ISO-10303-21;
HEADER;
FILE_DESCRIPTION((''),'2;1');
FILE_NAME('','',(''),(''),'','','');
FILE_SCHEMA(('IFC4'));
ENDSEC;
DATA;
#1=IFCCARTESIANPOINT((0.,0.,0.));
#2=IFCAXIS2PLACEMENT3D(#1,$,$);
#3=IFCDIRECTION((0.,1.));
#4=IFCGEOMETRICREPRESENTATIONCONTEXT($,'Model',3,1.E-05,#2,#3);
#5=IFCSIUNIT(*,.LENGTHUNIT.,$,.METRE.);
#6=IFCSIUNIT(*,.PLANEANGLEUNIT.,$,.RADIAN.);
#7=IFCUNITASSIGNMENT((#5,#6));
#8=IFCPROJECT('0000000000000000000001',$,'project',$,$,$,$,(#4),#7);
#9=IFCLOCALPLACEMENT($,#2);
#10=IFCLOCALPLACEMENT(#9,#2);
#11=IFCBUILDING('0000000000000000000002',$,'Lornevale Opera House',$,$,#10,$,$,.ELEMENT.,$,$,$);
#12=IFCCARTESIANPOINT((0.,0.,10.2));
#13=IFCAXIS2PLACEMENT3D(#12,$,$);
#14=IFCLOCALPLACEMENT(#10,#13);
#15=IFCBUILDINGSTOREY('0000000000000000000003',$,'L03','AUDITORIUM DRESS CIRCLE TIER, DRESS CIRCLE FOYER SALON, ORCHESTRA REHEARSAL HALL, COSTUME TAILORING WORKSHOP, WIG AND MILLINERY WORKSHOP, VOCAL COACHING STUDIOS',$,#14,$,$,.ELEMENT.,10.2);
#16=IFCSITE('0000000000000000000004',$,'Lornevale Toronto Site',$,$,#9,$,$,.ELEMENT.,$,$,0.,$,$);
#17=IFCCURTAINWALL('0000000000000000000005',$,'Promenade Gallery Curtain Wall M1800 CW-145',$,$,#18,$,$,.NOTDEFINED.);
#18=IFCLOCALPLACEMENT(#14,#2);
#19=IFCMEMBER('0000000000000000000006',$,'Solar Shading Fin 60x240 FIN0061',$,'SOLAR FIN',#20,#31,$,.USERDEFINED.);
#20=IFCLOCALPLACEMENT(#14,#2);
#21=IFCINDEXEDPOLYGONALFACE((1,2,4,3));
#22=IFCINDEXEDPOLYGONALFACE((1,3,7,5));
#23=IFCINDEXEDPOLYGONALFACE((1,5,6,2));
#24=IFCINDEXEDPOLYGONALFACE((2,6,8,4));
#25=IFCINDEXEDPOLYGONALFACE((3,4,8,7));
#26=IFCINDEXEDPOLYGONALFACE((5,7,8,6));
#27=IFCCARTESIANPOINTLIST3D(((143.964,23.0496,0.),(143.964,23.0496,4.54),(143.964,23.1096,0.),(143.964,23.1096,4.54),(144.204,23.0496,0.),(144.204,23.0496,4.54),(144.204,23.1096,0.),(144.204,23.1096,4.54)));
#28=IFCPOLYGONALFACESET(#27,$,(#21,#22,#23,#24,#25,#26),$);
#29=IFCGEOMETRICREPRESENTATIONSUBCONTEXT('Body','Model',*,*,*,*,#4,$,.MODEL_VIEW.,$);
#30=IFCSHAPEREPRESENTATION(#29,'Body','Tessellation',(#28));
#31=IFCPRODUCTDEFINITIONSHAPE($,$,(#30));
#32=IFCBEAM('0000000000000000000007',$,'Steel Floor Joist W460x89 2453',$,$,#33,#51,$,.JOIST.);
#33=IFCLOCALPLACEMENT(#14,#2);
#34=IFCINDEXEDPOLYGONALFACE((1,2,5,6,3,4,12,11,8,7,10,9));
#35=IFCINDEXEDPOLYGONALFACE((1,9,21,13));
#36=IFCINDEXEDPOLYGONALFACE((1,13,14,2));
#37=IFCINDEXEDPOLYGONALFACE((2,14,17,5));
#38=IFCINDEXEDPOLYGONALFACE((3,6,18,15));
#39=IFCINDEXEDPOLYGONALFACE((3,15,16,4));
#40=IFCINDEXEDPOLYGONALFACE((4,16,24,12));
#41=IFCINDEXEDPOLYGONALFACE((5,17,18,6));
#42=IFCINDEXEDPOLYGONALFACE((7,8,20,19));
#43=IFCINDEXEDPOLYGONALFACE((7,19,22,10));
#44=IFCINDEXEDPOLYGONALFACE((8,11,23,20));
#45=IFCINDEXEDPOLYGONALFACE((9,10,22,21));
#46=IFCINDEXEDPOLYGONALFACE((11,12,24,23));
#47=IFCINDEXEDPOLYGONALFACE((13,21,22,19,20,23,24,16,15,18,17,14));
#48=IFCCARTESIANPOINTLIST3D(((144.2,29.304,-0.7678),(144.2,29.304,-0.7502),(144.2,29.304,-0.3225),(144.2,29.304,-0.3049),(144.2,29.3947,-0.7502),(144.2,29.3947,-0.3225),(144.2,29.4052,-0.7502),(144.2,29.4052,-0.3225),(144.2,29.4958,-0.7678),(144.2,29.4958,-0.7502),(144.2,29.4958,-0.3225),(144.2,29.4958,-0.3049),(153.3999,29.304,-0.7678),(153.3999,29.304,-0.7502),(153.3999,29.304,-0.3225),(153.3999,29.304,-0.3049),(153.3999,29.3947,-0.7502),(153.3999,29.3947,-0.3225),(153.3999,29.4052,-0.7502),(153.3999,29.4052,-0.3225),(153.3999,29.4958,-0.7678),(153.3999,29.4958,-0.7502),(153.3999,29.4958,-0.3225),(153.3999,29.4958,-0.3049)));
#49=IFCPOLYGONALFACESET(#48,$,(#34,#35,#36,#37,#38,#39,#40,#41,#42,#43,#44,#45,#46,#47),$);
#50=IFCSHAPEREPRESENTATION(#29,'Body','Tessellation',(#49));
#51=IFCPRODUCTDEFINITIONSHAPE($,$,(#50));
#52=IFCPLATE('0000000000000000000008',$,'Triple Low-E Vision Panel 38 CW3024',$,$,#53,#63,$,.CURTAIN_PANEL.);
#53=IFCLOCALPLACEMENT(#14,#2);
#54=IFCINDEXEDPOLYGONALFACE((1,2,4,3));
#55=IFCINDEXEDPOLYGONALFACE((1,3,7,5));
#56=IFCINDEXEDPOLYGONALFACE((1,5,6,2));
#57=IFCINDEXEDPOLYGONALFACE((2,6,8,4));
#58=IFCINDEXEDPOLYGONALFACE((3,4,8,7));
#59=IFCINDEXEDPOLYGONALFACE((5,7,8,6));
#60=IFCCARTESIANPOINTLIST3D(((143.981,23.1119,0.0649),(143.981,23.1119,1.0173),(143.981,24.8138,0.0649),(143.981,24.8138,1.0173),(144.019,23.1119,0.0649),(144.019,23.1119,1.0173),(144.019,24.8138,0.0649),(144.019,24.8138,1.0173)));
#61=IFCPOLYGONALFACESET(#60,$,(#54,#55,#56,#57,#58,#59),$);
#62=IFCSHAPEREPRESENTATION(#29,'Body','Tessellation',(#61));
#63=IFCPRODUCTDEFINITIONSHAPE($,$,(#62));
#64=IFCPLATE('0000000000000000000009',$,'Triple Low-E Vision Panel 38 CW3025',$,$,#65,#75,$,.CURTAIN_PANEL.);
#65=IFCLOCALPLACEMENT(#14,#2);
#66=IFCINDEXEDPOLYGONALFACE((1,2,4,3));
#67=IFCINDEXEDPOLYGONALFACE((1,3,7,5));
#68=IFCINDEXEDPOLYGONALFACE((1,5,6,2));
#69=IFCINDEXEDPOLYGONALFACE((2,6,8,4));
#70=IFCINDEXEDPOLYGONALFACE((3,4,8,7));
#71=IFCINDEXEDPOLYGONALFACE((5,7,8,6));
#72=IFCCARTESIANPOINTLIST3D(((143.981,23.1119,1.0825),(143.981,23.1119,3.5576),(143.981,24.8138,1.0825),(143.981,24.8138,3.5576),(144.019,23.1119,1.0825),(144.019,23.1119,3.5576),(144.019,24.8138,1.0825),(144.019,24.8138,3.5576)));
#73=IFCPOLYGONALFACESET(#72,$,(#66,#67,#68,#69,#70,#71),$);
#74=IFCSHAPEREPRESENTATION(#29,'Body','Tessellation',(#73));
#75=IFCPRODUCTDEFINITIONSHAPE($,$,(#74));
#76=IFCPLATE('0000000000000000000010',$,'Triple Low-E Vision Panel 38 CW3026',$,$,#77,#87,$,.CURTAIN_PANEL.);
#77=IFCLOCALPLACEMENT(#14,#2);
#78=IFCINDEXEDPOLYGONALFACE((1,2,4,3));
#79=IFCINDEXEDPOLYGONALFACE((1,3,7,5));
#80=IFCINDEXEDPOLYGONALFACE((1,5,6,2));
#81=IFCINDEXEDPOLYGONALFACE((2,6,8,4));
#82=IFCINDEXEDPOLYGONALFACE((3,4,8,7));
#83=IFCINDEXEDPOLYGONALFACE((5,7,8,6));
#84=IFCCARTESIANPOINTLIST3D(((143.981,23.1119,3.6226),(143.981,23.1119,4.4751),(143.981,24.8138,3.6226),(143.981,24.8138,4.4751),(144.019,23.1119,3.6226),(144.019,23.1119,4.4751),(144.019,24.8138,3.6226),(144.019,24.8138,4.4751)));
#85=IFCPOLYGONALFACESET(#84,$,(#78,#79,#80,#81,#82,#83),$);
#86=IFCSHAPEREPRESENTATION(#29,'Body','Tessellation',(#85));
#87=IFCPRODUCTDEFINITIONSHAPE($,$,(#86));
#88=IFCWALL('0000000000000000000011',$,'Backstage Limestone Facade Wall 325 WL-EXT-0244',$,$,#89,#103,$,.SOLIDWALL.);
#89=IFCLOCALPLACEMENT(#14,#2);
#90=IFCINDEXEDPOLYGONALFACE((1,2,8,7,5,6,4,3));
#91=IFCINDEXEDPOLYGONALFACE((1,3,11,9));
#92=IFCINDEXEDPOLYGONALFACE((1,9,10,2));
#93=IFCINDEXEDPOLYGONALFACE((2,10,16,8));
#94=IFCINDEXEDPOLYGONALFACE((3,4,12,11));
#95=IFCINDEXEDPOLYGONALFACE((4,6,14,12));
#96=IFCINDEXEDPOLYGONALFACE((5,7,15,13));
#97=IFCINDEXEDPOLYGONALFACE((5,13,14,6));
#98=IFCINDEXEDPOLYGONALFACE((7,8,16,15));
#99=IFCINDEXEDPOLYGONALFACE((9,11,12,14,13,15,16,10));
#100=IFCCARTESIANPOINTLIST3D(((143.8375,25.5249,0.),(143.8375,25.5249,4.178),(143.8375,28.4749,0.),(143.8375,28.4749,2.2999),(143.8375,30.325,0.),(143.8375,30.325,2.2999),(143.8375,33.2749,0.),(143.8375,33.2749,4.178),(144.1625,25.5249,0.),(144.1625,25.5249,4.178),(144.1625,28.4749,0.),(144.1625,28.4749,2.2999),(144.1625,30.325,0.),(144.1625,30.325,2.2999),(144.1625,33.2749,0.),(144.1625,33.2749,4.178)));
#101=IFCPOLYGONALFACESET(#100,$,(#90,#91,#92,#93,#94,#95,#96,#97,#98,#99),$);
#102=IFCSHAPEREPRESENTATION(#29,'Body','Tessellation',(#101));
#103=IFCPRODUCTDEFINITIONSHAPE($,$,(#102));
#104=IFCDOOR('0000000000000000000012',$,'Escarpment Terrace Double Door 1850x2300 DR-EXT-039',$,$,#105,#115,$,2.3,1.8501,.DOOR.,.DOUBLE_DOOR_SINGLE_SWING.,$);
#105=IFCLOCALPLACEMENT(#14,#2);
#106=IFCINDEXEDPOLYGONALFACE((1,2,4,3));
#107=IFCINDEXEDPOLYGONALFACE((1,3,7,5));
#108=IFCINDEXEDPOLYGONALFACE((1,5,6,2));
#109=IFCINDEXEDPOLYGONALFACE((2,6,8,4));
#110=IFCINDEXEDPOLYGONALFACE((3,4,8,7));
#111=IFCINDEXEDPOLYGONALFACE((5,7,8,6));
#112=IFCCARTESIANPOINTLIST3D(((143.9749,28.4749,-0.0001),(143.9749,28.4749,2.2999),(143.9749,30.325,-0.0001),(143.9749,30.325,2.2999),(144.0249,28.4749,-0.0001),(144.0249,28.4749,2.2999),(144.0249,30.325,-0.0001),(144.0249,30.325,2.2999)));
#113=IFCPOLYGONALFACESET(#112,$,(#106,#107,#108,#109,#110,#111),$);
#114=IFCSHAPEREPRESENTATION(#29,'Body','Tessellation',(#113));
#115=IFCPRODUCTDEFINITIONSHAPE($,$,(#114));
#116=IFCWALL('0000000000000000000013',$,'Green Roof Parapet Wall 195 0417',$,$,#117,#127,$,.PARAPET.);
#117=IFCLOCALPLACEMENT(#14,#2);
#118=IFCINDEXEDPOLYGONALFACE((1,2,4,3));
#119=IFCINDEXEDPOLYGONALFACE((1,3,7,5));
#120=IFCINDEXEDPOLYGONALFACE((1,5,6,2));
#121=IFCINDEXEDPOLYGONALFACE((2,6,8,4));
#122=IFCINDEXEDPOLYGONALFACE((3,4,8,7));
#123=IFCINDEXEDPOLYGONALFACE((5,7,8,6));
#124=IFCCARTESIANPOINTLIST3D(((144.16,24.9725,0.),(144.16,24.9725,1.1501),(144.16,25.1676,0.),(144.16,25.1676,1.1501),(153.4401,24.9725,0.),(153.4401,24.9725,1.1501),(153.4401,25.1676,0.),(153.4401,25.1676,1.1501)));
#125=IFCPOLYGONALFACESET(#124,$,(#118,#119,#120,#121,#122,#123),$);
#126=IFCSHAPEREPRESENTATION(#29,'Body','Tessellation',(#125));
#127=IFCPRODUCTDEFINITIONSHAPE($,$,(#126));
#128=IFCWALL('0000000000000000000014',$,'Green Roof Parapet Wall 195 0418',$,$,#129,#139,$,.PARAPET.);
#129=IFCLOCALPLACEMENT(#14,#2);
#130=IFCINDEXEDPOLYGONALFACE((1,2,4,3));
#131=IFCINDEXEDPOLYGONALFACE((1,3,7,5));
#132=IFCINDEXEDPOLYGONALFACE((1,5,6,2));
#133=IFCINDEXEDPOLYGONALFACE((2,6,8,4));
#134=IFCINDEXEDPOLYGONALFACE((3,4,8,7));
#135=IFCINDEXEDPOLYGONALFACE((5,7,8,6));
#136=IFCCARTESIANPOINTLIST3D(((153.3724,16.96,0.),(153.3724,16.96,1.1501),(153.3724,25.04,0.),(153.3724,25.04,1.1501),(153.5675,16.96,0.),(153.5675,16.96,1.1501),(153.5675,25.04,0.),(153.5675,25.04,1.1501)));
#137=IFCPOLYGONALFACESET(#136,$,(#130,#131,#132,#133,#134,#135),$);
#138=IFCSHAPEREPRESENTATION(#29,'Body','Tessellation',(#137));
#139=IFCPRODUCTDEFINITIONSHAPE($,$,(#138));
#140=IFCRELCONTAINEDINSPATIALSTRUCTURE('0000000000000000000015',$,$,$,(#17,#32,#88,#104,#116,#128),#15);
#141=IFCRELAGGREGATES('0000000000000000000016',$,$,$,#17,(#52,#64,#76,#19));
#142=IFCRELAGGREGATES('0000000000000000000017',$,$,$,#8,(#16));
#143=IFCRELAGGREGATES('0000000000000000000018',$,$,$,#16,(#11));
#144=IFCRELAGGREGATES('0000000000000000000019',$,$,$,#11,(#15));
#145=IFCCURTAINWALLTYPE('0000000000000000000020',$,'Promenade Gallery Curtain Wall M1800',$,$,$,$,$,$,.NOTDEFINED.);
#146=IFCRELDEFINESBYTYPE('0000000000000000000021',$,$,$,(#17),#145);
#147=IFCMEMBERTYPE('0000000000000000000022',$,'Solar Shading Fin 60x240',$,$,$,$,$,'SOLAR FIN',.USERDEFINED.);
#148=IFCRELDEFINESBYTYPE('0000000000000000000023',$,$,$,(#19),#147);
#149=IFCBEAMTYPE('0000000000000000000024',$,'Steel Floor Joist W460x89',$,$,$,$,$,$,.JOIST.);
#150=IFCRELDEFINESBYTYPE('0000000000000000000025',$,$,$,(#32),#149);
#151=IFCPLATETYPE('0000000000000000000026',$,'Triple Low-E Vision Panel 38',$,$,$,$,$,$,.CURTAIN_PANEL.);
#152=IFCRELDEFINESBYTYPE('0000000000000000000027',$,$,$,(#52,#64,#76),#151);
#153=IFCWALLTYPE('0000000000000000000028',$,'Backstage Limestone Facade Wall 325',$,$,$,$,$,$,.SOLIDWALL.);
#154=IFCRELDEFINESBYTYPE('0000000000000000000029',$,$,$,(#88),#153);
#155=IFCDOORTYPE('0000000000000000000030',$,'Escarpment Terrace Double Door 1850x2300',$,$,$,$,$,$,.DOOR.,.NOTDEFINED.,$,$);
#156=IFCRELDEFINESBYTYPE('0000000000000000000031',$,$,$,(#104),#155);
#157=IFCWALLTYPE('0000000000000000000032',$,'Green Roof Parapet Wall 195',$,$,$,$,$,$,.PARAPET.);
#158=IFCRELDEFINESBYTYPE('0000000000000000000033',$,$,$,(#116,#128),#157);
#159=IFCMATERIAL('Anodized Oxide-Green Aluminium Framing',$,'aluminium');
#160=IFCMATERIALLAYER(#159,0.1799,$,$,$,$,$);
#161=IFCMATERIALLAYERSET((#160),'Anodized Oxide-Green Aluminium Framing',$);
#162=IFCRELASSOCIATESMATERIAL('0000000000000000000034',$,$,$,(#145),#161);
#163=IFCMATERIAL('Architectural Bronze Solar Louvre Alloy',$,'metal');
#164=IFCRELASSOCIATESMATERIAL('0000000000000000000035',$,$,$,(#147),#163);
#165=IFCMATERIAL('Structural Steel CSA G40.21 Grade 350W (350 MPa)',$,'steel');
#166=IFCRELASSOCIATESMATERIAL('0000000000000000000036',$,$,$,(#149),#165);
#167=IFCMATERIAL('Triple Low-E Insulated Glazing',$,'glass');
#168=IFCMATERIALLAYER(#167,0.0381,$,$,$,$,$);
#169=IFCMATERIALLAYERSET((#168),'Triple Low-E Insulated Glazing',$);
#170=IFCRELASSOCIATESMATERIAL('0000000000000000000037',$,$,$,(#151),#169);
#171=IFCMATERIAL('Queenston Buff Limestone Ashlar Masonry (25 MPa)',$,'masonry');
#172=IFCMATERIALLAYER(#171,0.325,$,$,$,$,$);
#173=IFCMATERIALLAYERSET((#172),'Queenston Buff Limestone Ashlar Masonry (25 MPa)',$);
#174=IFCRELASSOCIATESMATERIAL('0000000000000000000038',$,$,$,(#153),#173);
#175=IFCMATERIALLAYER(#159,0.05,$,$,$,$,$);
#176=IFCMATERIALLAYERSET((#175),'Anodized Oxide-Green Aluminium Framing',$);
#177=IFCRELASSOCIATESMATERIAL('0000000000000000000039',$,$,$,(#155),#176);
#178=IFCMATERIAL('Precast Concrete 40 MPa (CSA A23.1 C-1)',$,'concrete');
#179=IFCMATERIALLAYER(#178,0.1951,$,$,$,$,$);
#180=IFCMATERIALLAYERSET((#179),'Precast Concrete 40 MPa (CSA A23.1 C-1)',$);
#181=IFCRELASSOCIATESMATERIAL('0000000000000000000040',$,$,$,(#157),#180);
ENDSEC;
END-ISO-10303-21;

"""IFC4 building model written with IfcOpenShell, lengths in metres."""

from ifc_helpers import new_model, si_unit, direction, frame, frame_2d, origin, origin_2d, place, context, subcontext, project, spatial, rectangle, i_section, extrude, material, layer, layer_set, material_profile, profile_set, type_object, element, fill, aggregate, save


model = new_model("IFC4")

# Units and contexts
model_context = context("Model", 3, precision=1e-05, world=origin(), true_north=direction((0.0, 1.0)))
body_context = subcontext(model_context, "Body", "Model", "MODEL_VIEW")
ifc_project = project(units=[si_unit("LENGTHUNIT", "METRE"), si_unit("PLANEANGLEUNIT", "RADIAN")], contexts=[model_context])

# Site, building, storey
site_placement = place(None, origin())
site = spatial("IfcSite", under=ifc_project, at=site_placement, Name="Lornevale Toronto Site", CompositionType="ELEMENT", RefElevation=0.0)
building_placement = place(site_placement, origin())
building = spatial("IfcBuilding", under=site, at=building_placement, Name="Lornevale Opera House", CompositionType="ELEMENT")
storey_placement = place(building_placement, frame((0.0, 0.0, 10.2)))
storey = spatial("IfcBuildingStorey", under=building, at=storey_placement, Name="L03", Description="AUDITORIUM DRESS CIRCLE TIER, DRESS CIRCLE FOYER SALON, ORCHESTRA REHEARSAL HALL, COSTUME TAILORING WORKSHOP, WIG AND MILLINERY WORKSHOP, VOCAL COACHING STUDIOS", CompositionType="ELEMENT", Elevation=10.2)

# Curtain wall, member
ifc_material_1 = material(Name="Anodized Oxide-Green Aluminium Framing", Category="aluminium")
ifc_layer_1 = layer(ifc_material_1, 0.1799)
ifc_layer_set_1 = layer_set([ifc_layer_1], Name="Anodized Oxide-Green Aluminium Framing")
curtain_wall_type = type_object("IfcCurtainWallType", Name="Promenade Gallery Curtain Wall M1800", PredefinedType="NOTDEFINED", material=ifc_layer_set_1)
curtain_wall_placement = place(storey_placement, origin())
curtain_wall = element("IfcCurtainWall", 1, at=curtain_wall_placement, inside=storey, type_object=curtain_wall_type, Name="Promenade Gallery Curtain Wall M1800 CW-145", PredefinedType="NOTDEFINED")
ifc_material_2 = material(Name="Architectural Bronze Solar Louvre Alloy", Category="metal")
ifc_material_profile_1 = material_profile(ifc_material_2, rectangle(XDim=0.0601, YDim=0.24, at=origin_2d()), Name="FIN60x240")
ifc_profile_set_1 = profile_set([ifc_material_profile_1], Name="Architectural Bronze Solar Louvre Alloy")
member_type_1 = type_object("IfcMemberType", Name="Solar Shading Fin 60x240", ElementType="SOLAR FIN", PredefinedType="USERDEFINED", material=ifc_profile_set_1)
member_1_placement = place(storey_placement, frame((144.084, 23.0796, 0.0), z_axis=(0.0, 0.0, 1.0), x_axis=(0.0, -1.0, 0.0)))
member_1 = element("IfcMember", 2, at=member_1_placement, type_object=member_type_1, Name="Solar Shading Fin 60x240 FIN0061", ObjectType="SOLAR FIN", PredefinedType="USERDEFINED", context=body_context, shape_type="SweptSolid", body=[
    extrude(rectangle(XDim=0.0601, YDim=0.24, at=origin_2d()), origin(), (0.0, 0.0, 1.0), 4.54),
])

# Beam
ifc_material_3 = material(Name="Structural Steel CSA G40.21 Grade 350W (350 MPa)", Category="steel")
ifc_material_profile_2 = material_profile(ifc_material_3, i_section(OverallWidth=0.1919, OverallDepth=0.4629, WebThickness=0.0105, FlangeThickness=0.0176, at=origin_2d()), Name="W460x89")
ifc_profile_set_2 = profile_set([ifc_material_profile_2], Name="Structural Steel CSA G40.21 Grade 350W (350 MPa)")
beam_type_1 = type_object("IfcBeamType", Name="Steel Floor Joist W460x89", PredefinedType="JOIST", material=ifc_profile_set_2)
beam_1_placement = place(storey_placement, frame((144.2, 29.3999, -0.5364), z_axis=(1.0, 0.0, 0.0), x_axis=(0.0, 1.0, 0.0)))
element("IfcBeam", 3, at=beam_1_placement, inside=storey, type_object=beam_type_1, Name="Steel Floor Joist W460x89 2453", PredefinedType="JOIST", context=body_context, shape_type="SweptSolid", body=[
    extrude(i_section(OverallWidth=0.1919, OverallDepth=0.4629, WebThickness=0.0105, FlangeThickness=0.0176, at=origin_2d()), origin(), (0.0, 0.0, 1.0), 9.2),
])

# Plates
ifc_material_4 = material(Name="Triple Low-E Insulated Glazing", Category="glass")
ifc_layer_2 = layer(ifc_material_4, 0.0381)
ifc_layer_set_2 = layer_set([ifc_layer_2], Name="Triple Low-E Insulated Glazing")
plate_type = type_object("IfcPlateType", Name="Triple Low-E Vision Panel 38", PredefinedType="CURTAIN_PANEL", material=ifc_layer_set_2)
plate_1_placement = place(storey_placement, frame((144.0, 23.9629, 0.0649), z_axis=(0.0, 0.0, 1.0), x_axis=(0.0, -1.0, 0.0)))
plate_1 = element("IfcPlate", 4, at=plate_1_placement, type_object=plate_type, Name="Triple Low-E Vision Panel 38 CW3024", PredefinedType="CURTAIN_PANEL", context=body_context, shape_type="SweptSolid", body=[
    extrude(rectangle(XDim=1.7019, YDim=0.0381, at=origin_2d()), origin(), (0.0, 0.0, 1.0), 0.9524),
])
plate_2_placement = place(storey_placement, frame((144.0, 23.9629, 1.0825), z_axis=(0.0, 0.0, 1.0), x_axis=(0.0, -1.0, 0.0)))
plate_2 = element("IfcPlate", 5, at=plate_2_placement, type_object=plate_type, Name="Triple Low-E Vision Panel 38 CW3025", PredefinedType="CURTAIN_PANEL", context=body_context, shape_type="SweptSolid", body=[
    extrude(rectangle(XDim=1.7019, YDim=0.0381, at=origin_2d()), origin(), (0.0, 0.0, 1.0), 2.4751),
])
plate_3_placement = place(storey_placement, frame((144.0, 23.9629, 3.6226), z_axis=(0.0, 0.0, 1.0), x_axis=(0.0, -1.0, 0.0)))
plate_3 = element("IfcPlate", 6, at=plate_3_placement, type_object=plate_type, Name="Triple Low-E Vision Panel 38 CW3026", PredefinedType="CURTAIN_PANEL", context=body_context, shape_type="SweptSolid", body=[
    extrude(rectangle(XDim=1.7019, YDim=0.0381, at=origin_2d()), origin(), (0.0, 0.0, 1.0), 0.8525),
])
aggregate(curtain_wall, [plate_1, plate_2, plate_3, member_1])

# Wall, opening, door
ifc_material_5 = material(Name="Queenston Buff Limestone Ashlar Masonry (25 MPa)", Category="masonry")
ifc_layer_3 = layer(ifc_material_5, 0.325)
ifc_layer_set_3 = layer_set([ifc_layer_3], Name="Queenston Buff Limestone Ashlar Masonry (25 MPa)")
wall_type_1 = type_object("IfcWallType", Name="Backstage Limestone Facade Wall 325", PredefinedType="SOLIDWALL", material=ifc_layer_set_3)
wall_1_placement = place(storey_placement, frame((144.0, 33.2749, 0.0), z_axis=(0.0, 0.0, 1.0), x_axis=(0.0, -1.0, 0.0)))
wall_1 = element("IfcWall", 7, at=wall_1_placement, inside=storey, type_object=wall_type_1, Name="Backstage Limestone Facade Wall 325 WL-EXT-0244", PredefinedType="SOLIDWALL", context=body_context, shape_type="SweptSolid", body=[
    extrude(rectangle(XDim=7.75, YDim=0.325, at=frame_2d((3.875, 0.0))), origin(), (0.0, 0.0, 1.0), 4.178),
])
opening_placement = place(wall_1_placement, frame((2.95, 0.0, 0.0)))
opening = element("IfcOpeningElement", 8, at=opening_placement, cuts=wall_1, PredefinedType="OPENING", context=body_context, shape_type="SweptSolid", body=[
    extrude(rectangle(XDim=1.8501, YDim=2.3, at=frame_2d((0.925, 1.1499))), frame((0.0, 0.1724, 0.0), z_axis=(0.0, -1.0, 0.0), x_axis=(1.0, 0.0, 0.0)), (0.0, 0.0, 1.0), 0.345),
])
ifc_layer_4 = layer(ifc_material_1, 0.05)
ifc_layer_set_4 = layer_set([ifc_layer_4], Name="Anodized Oxide-Green Aluminium Framing")
door_type = type_object("IfcDoorType", Name="Escarpment Terrace Double Door 1850x2300", OperationType="NOTDEFINED", PredefinedType="DOOR", material=ifc_layer_set_4)
door_placement = place(opening_placement, origin())
door = element("IfcDoor", 9, at=door_placement, inside=storey, type_object=door_type, Name="Escarpment Terrace Double Door 1850x2300 DR-EXT-039", OperationType="DOUBLE_DOOR_SINGLE_SWING", OverallHeight=2.3, OverallWidth=1.8501, PredefinedType="DOOR", context=body_context, shape_type="SweptSolid", body=[
    extrude(rectangle(XDim=1.8501, YDim=2.3, at=frame_2d((0.925, 1.1499))), frame((0.0, 0.0249, 0.0), z_axis=(0.0, -1.0, 0.0), x_axis=(1.0, 0.0, 0.0)), (0.0, 0.0, 1.0), 0.05),
])
fill(opening, door)

# Walls
ifc_material_6 = material(Name="Precast Concrete 40 MPa (CSA A23.1 C-1)", Category="concrete")
ifc_layer_5 = layer(ifc_material_6, 0.1951)
ifc_layer_set_5 = layer_set([ifc_layer_5], Name="Precast Concrete 40 MPa (CSA A23.1 C-1)")
wall_type_2 = type_object("IfcWallType", Name="Green Roof Parapet Wall 195", PredefinedType="PARAPET", material=ifc_layer_set_5)
wall_2_placement = place(storey_placement, frame((144.1599, 25.0701, 0.0), z_axis=(0.0, 0.0, 1.0), x_axis=(1.0, 0.0, 0.0)))
element("IfcWall", 10, at=wall_2_placement, inside=storey, type_object=wall_type_2, Name="Green Roof Parapet Wall 195 0417", PredefinedType="PARAPET", context=body_context, shape_type="SweptSolid", body=[
    extrude(rectangle(XDim=9.28, YDim=0.1951, at=frame_2d((4.6401, 0.0))), origin(), (0.0, 0.0, 1.0), 1.1501),
])
wall_3_placement = place(storey_placement, frame((153.47, 25.04, 0.0), z_axis=(0.0, 0.0, 1.0), x_axis=(0.0, -1.0, 0.0)))
element("IfcWall", 11, at=wall_3_placement, inside=storey, type_object=wall_type_2, Name="Green Roof Parapet Wall 195 0418", PredefinedType="PARAPET", context=body_context, shape_type="SweptSolid", body=[
    extrude(rectangle(XDim=8.0801, YDim=0.1951, at=frame_2d((4.04, 0.0))), origin(), (0.0, 0.0, 1.0), 1.1501),
])

save(model, "model.ifc")
